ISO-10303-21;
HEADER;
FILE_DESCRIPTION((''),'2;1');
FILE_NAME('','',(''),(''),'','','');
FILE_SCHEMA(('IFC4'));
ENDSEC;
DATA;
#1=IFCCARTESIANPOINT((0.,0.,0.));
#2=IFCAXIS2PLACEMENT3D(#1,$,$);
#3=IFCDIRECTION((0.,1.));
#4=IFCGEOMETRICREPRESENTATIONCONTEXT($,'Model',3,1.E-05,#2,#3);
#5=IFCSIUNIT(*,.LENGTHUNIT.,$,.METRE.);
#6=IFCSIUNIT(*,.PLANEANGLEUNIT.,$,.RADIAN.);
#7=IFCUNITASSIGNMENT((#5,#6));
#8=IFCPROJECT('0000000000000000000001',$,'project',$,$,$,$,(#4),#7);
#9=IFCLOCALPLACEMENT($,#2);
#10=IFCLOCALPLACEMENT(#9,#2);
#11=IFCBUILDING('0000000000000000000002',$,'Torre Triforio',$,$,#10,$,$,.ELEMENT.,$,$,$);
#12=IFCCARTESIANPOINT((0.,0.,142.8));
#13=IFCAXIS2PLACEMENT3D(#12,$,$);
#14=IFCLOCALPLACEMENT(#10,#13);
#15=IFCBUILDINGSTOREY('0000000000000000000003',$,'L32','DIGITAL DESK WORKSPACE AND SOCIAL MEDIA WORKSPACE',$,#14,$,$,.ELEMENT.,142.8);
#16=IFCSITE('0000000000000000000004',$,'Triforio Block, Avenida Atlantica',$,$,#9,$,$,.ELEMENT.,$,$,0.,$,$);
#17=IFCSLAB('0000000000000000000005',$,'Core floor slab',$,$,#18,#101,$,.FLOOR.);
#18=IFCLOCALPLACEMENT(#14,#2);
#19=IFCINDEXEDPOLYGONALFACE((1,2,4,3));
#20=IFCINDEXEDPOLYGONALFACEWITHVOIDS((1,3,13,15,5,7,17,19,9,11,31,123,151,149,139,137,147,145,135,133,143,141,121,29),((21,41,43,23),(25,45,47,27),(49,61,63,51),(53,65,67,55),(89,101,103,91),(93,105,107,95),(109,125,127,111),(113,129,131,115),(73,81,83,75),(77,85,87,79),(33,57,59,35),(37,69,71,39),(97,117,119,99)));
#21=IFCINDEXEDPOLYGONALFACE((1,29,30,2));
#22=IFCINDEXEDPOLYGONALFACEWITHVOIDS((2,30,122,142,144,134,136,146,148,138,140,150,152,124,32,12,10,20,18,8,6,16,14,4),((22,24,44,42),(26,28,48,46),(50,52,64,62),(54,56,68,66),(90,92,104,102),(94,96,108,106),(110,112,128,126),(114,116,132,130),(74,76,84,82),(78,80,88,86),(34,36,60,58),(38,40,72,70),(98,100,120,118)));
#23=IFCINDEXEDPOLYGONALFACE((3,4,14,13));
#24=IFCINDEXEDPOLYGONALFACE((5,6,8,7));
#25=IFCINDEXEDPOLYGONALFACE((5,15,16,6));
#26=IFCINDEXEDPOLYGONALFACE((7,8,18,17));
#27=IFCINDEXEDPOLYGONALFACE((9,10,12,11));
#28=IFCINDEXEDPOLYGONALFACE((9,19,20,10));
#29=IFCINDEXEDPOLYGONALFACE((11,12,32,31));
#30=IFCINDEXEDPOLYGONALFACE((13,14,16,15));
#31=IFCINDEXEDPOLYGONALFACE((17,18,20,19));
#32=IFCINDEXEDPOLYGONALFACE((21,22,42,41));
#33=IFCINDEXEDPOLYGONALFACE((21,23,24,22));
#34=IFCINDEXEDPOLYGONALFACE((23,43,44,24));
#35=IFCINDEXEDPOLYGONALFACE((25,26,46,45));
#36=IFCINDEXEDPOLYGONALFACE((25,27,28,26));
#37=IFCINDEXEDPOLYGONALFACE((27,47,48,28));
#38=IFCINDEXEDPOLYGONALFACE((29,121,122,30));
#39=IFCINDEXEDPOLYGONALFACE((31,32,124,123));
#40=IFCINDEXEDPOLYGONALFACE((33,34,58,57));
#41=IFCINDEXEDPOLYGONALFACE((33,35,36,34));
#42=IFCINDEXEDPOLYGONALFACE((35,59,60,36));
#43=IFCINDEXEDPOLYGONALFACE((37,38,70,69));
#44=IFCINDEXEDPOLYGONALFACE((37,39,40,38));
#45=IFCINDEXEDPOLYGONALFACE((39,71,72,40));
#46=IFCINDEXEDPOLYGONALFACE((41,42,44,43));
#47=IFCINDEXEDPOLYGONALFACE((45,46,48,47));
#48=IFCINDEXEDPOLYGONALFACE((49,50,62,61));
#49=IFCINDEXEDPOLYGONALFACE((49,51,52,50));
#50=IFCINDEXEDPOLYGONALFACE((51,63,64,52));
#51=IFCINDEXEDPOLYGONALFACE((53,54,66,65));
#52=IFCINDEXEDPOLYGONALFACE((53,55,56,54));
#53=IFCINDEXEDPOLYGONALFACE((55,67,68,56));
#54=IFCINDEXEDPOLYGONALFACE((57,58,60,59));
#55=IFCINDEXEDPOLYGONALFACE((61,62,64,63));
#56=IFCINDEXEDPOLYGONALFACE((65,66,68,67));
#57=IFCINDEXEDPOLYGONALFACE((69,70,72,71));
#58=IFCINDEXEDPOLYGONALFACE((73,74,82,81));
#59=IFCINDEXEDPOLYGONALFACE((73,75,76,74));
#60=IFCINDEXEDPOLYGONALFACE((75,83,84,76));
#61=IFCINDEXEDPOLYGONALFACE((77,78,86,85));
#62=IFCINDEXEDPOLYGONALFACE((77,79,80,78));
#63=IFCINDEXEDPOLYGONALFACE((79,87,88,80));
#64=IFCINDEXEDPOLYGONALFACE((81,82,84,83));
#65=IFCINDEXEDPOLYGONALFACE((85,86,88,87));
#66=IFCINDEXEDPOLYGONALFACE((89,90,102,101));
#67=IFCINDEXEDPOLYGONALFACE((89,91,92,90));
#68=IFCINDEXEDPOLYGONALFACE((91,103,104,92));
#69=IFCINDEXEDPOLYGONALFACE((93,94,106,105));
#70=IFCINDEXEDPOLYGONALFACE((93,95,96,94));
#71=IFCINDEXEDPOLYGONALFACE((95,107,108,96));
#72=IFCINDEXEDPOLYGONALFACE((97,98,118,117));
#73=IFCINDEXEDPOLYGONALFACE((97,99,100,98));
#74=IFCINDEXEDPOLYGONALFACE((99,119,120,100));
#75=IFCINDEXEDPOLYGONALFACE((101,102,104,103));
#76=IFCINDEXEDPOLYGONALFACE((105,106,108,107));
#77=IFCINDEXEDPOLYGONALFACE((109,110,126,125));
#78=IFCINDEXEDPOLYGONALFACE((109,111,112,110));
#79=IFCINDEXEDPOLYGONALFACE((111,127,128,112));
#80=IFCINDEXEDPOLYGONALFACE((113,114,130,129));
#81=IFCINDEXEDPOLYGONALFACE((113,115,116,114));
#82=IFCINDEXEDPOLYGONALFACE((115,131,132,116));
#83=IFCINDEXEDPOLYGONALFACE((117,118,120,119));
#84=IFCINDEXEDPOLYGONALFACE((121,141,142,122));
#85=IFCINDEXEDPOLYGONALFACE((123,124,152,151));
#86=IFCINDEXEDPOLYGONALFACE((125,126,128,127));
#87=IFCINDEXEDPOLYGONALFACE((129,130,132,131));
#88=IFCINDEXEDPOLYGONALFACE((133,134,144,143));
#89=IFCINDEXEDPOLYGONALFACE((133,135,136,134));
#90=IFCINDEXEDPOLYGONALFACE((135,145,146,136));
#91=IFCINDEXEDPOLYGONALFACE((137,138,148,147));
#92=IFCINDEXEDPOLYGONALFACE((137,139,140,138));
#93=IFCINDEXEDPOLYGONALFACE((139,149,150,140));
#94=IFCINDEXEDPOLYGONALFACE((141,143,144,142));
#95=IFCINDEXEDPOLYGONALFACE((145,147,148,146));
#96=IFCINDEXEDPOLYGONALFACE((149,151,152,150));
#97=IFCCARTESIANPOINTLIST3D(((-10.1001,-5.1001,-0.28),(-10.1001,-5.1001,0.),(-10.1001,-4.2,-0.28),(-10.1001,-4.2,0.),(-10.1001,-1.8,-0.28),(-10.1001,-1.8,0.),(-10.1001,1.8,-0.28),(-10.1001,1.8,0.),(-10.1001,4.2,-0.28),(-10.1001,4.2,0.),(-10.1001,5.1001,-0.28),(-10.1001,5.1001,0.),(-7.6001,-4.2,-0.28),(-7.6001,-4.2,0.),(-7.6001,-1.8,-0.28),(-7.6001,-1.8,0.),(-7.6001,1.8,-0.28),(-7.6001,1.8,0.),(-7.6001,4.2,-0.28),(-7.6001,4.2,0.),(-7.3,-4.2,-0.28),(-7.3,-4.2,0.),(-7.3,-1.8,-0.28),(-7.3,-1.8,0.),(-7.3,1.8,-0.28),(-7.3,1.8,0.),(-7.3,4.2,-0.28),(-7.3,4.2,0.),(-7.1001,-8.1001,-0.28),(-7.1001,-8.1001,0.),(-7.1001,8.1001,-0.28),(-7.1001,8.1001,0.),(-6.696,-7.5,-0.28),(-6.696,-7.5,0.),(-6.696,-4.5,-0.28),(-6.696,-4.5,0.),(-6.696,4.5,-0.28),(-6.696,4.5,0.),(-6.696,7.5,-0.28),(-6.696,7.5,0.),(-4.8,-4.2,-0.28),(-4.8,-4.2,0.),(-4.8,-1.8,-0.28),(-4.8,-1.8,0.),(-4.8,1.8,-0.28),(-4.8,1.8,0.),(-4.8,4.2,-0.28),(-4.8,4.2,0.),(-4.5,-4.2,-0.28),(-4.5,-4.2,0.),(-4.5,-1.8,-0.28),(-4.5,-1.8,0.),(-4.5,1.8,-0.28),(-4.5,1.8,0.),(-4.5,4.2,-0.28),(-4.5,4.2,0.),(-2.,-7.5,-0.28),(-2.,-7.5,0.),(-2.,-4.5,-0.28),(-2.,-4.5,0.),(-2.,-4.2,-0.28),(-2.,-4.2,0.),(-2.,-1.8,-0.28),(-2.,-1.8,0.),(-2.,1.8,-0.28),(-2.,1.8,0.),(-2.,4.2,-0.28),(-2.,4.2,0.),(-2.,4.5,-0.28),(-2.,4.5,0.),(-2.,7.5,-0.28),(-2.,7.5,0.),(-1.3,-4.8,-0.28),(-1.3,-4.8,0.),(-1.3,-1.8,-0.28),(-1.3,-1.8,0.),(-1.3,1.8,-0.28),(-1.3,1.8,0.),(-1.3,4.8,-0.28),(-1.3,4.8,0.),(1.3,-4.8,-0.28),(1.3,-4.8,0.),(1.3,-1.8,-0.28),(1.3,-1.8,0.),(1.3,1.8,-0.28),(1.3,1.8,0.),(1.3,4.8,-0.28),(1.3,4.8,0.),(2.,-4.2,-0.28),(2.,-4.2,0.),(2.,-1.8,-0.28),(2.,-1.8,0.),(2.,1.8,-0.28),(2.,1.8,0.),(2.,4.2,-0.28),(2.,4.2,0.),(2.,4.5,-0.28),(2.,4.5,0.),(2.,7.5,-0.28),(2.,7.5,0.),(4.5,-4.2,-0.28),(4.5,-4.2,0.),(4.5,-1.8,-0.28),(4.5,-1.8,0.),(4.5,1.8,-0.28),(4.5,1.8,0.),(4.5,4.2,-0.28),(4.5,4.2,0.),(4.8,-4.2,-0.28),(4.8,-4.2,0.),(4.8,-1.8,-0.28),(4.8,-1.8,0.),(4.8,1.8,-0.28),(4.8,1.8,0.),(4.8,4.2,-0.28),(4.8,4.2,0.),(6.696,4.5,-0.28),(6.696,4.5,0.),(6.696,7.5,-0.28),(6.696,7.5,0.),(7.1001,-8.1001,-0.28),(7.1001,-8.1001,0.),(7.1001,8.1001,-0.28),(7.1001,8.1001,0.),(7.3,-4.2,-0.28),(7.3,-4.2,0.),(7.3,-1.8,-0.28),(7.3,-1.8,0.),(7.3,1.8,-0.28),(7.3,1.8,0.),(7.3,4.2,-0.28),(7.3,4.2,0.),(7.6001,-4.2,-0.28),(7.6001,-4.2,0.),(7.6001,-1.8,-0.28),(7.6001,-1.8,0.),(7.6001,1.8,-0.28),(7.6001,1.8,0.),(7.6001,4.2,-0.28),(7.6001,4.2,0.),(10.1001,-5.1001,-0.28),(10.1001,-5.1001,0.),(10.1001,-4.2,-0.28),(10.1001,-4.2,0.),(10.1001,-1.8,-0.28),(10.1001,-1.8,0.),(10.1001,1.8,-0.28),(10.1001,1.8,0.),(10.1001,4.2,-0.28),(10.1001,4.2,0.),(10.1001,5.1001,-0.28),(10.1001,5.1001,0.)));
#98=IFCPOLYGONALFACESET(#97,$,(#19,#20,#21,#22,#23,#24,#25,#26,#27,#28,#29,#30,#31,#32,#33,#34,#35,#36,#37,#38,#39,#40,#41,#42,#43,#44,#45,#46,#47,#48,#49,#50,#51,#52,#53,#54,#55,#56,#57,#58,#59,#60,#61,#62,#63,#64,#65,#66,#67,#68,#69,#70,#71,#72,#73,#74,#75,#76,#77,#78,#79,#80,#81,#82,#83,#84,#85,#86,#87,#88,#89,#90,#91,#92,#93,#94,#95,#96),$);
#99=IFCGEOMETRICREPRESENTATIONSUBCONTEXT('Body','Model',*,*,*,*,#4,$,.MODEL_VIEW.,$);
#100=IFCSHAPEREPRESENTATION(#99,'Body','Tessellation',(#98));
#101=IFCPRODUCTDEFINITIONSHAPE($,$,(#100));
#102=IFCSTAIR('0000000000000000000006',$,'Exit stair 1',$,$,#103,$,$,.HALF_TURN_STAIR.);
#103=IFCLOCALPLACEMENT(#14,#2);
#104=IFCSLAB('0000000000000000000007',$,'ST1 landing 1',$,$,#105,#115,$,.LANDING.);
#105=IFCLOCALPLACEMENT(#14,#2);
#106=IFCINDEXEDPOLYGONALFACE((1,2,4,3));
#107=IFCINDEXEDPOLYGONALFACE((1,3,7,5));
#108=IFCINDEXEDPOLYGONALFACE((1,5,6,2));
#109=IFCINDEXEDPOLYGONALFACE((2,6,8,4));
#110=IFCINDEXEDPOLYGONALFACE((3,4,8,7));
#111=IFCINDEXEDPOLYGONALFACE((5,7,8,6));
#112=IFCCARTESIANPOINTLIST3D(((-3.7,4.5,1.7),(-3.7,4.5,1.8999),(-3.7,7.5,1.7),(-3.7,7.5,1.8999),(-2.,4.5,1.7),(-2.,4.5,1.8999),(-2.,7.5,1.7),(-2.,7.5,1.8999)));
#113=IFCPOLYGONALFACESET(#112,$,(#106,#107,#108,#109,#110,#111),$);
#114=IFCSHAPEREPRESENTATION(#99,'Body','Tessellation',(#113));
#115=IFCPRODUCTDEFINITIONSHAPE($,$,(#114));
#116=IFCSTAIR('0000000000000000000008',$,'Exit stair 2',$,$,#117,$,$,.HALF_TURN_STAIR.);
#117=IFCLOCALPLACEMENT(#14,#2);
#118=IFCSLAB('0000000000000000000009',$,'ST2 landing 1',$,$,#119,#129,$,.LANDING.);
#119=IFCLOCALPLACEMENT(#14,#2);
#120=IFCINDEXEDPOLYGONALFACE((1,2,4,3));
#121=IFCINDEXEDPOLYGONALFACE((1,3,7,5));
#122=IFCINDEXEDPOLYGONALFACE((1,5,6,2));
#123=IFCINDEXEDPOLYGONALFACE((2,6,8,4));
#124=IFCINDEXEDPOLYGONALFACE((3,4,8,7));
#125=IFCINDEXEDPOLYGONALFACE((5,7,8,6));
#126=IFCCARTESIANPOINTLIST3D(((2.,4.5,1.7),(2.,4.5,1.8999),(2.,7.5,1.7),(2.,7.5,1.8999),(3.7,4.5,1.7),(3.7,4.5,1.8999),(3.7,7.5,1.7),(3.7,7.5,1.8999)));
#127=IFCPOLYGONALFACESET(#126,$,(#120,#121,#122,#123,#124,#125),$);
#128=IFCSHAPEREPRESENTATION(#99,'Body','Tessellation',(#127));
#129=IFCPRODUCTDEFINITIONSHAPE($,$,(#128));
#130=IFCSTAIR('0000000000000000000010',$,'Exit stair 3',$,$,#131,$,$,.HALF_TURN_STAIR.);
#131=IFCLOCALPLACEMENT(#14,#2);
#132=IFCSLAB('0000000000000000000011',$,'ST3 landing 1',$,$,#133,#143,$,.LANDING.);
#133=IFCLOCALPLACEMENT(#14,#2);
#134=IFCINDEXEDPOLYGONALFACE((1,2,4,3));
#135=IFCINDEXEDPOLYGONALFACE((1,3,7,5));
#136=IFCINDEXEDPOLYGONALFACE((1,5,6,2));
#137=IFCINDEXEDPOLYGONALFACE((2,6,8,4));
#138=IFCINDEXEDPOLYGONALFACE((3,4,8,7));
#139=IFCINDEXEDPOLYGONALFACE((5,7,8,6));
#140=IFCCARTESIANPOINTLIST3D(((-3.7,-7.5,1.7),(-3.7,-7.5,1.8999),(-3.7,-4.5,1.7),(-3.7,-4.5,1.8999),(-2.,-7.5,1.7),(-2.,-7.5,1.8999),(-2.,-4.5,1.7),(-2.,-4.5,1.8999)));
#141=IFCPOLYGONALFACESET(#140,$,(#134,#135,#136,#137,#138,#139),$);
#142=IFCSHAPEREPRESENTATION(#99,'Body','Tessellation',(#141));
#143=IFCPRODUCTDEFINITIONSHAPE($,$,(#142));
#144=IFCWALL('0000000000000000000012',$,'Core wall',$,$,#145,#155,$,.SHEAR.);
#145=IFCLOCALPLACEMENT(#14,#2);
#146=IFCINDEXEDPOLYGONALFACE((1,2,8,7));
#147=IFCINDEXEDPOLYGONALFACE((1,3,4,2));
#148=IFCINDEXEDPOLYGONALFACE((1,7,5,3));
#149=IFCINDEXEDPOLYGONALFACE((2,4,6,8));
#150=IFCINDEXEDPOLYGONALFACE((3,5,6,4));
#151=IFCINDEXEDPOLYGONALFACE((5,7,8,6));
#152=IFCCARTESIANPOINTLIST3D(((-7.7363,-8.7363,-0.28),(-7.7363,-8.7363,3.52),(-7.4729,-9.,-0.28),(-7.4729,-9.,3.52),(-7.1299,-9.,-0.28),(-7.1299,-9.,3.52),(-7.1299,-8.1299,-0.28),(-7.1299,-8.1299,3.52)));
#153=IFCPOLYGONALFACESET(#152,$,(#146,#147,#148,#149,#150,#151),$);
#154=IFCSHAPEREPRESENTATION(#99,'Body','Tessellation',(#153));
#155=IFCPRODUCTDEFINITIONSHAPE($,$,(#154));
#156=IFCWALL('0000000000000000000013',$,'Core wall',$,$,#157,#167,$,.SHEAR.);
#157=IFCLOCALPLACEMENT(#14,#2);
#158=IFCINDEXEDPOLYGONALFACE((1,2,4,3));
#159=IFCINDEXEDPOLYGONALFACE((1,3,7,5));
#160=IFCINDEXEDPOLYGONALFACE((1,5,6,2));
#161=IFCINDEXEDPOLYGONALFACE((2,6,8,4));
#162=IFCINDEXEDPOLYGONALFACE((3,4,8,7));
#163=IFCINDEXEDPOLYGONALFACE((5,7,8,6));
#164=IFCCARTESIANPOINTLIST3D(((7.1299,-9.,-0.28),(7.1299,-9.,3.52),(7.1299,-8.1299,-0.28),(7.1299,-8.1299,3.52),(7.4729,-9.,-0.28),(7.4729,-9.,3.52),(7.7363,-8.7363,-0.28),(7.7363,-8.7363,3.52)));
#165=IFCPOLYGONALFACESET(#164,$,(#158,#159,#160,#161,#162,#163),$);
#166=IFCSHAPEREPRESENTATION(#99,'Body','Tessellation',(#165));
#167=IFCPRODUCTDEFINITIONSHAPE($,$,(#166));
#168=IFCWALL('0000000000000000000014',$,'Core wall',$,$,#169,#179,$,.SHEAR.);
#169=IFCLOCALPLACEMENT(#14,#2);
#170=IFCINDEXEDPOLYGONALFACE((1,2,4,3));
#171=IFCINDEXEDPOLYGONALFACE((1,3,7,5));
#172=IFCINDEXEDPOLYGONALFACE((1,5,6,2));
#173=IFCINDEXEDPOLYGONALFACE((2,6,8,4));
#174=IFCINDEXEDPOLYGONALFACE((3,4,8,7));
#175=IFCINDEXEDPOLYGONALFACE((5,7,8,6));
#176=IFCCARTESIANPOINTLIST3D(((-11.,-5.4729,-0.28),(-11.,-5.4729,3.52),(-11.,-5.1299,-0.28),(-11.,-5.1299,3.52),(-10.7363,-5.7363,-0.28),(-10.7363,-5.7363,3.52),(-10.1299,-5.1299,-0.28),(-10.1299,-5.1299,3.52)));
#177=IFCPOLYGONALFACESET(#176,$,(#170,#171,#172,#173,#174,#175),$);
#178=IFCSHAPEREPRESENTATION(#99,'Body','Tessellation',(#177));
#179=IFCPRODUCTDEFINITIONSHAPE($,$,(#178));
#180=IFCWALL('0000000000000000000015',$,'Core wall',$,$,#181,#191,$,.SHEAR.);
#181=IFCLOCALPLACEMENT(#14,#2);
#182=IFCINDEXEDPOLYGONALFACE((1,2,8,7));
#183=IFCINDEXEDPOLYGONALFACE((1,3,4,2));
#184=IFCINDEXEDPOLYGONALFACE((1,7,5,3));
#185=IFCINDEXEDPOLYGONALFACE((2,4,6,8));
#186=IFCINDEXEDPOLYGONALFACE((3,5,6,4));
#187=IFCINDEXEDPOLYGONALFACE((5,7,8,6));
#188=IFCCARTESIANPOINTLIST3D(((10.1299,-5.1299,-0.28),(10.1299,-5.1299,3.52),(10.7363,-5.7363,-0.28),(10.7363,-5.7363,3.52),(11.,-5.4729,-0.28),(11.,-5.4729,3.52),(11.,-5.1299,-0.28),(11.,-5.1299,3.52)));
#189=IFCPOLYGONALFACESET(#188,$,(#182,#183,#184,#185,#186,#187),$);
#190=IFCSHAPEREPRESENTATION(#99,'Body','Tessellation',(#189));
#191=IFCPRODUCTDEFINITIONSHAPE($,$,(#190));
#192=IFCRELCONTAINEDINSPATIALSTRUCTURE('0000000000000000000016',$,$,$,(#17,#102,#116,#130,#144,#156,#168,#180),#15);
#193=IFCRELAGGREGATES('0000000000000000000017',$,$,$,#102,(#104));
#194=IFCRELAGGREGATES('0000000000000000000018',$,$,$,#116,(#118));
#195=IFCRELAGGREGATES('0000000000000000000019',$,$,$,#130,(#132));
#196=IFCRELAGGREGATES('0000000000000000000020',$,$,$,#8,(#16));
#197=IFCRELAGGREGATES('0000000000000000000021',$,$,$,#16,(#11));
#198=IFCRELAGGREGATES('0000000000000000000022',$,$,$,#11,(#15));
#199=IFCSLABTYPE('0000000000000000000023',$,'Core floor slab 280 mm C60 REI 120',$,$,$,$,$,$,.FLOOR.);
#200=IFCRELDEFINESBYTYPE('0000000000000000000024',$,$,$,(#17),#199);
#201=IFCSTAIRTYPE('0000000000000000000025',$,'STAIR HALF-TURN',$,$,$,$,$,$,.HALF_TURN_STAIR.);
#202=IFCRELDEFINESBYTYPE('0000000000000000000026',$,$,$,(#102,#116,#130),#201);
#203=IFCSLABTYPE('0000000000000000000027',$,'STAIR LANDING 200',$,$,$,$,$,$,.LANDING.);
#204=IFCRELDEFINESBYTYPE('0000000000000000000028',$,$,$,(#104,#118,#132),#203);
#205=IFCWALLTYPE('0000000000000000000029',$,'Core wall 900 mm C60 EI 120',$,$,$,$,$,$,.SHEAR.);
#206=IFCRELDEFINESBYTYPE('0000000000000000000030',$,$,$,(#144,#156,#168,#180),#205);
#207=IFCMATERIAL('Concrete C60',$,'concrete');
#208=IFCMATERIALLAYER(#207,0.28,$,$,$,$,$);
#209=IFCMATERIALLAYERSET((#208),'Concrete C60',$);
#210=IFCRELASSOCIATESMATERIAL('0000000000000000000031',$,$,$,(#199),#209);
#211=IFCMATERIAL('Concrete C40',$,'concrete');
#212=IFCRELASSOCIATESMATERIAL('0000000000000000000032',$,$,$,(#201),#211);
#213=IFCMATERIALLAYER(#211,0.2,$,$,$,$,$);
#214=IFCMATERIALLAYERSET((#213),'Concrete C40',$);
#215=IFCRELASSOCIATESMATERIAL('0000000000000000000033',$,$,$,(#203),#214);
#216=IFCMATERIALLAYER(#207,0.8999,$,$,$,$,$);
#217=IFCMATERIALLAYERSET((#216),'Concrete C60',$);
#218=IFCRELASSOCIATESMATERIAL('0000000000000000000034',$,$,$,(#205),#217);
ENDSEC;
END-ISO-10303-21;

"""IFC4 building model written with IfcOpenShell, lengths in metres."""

from ifc_helpers import new_model, si_unit, direction, frame, origin, place, context, subcontext, project, spatial, polyline, outline, extrude, material, layer, layer_set, type_object, element, aggregate, save


model = new_model("IFC4")

# Units and contexts
model_context = context("Model", 3, precision=1e-05, world=origin(), true_north=direction((0.0, 1.0)))
body_context = subcontext(model_context, "Body", "Model", "MODEL_VIEW")
ifc_project = project(units=[si_unit("LENGTHUNIT", "METRE"), si_unit("PLANEANGLEUNIT", "RADIAN")], contexts=[model_context])

# Site, building, storey
site_placement = place(None, origin())
site = spatial("IfcSite", under=ifc_project, at=site_placement, Name="Triforio Block, Avenida Atlantica", CompositionType="ELEMENT", RefElevation=0.0)
building_placement = place(site_placement, origin())
building = spatial("IfcBuilding", under=site, at=building_placement, Name="Torre Triforio", CompositionType="ELEMENT")
storey_placement = place(building_placement, frame((0.0, 0.0, 142.8)))
storey = spatial("IfcBuildingStorey", under=building, at=storey_placement, Name="L32", Description="DIGITAL DESK WORKSPACE AND SOCIAL MEDIA WORKSPACE", CompositionType="ELEMENT", Elevation=142.8)

# Slab
ifc_material_1 = material(Name="Concrete C60", Category="concrete")
ifc_layer_1 = layer(ifc_material_1, 0.28)
ifc_layer_set_1 = layer_set([ifc_layer_1], Name="Concrete C60")
slab_type_1 = type_object("IfcSlabType", Name="Core floor slab 280 mm C60 REI 120", PredefinedType="FLOOR", material=ifc_layer_set_1)
slab_1_placement = place(storey_placement, frame((0.0, 0.0, -0.28)))
element("IfcSlab", 1, at=slab_1_placement, inside=storey, type_object=slab_type_1, Name="Core floor slab", PredefinedType="FLOOR", context=body_context, shape_type="SweptSolid", body=[
    extrude(outline(polyline([(10.1001, -5.1001), (7.1001, -8.1001), (-7.1001, -8.1001), (-10.1001, -5.1001), (-10.1001, -4.2), (-7.6001, -4.2), (-7.6001, -1.8), (-10.1001, -1.8), (-10.1001, 1.8), (-7.6001, 1.8), (-7.6001, 4.2), (-10.1001, 4.2), (-10.1001, 5.1001), (-7.1001, 8.1001), (7.1001, 8.1001), (10.1001, 5.1001), (10.1001, 4.2), (7.6001, 4.2), (7.6001, 1.8), (10.1001, 1.8), (10.1001, -1.8), (7.6001, -1.8), (7.6001, -4.2), (10.1001, -4.2), (10.1001, -5.1001)]), holes=[polyline([(-2.0, -4.5), (-6.696, -4.5), (-6.696, -7.5), (-2.0, -7.5), (-2.0, -4.5)]), polyline([(-4.8, -1.8), (-7.3, -1.8), (-7.3, -4.2), (-4.8, -4.2), (-4.8, -1.8)]), polyline([(-2.0, -1.8), (-4.5, -1.8), (-4.5, -4.2), (-2.0, -4.2), (-2.0, -1.8)]), polyline([(-4.8, 4.2), (-7.3, 4.2), (-7.3, 1.8), (-4.8, 1.8), (-4.8, 4.2)]), polyline([(-2.0, 4.2), (-4.5, 4.2), (-4.5, 1.8), (-2.0, 1.8), (-2.0, 4.2)]), polyline([(1.3, 4.8), (-1.3, 4.8), (-1.3, 1.8), (1.3, 1.8), (1.3, 4.8)]), polyline([(-2.0, 7.5), (-6.696, 7.5), (-6.696, 4.5), (-2.0, 4.5), (-2.0, 7.5)]), polyline([(1.3, -1.8), (-1.3, -1.8), (-1.3, -4.8), (1.3, -4.8), (1.3, -1.8)]), polyline([(4.5, -1.8), (2.0, -1.8), (2.0, -4.2), (4.5, -4.2), (4.5, -1.8)]), polyline([(7.3, -1.8), (4.8, -1.8), (4.8, -4.2), (7.3, -4.2), (7.3, -1.8)]), polyline([(4.5, 4.2), (2.0, 4.2), (2.0, 1.8), (4.5, 1.8), (4.5, 4.2)]), polyline([(7.3, 4.2), (4.8, 4.2), (4.8, 1.8), (7.3, 1.8), (7.3, 4.2)]), polyline([(6.696, 4.5), (6.696, 7.5), (2.0, 7.5), (2.0, 4.5), (6.696, 4.5)])]), origin(), (0.0, 0.0, 1.0), 0.28),
])

# Stairs, slabs
ifc_material_2 = material(Name="Concrete C40", Category="concrete")
stair_type = type_object("IfcStairType", Name="STAIR HALF-TURN", PredefinedType="HALF_TURN_STAIR", material=ifc_material_2)
stair_1_placement = place(storey_placement, origin())
stair_1 = element("IfcStair", 2, at=stair_1_placement, inside=storey, type_object=stair_type, Name="Exit stair 1", PredefinedType="HALF_TURN_STAIR")
ifc_layer_2 = layer(ifc_material_2, 0.2)
ifc_layer_set_2 = layer_set([ifc_layer_2], Name="Concrete C40")
slab_type_2 = type_object("IfcSlabType", Name="STAIR LANDING 200", PredefinedType="LANDING", material=ifc_layer_set_2)
slab_2_placement = place(storey_placement, frame((0.0, 0.0, 1.7)))
slab_2 = element("IfcSlab", 3, at=slab_2_placement, type_object=slab_type_2, Name="ST1 landing 1", PredefinedType="LANDING", context=body_context, shape_type="SweptSolid", body=[
    extrude(outline(polyline([(-2.0, 4.5), (-2.0, 7.5), (-3.7, 7.5), (-3.7, 4.5), (-2.0, 4.5)])), origin(), (0.0, 0.0, 1.0), 0.2),
])
aggregate(stair_1, [slab_2])
stair_2_placement = place(storey_placement, origin())
stair_2 = element("IfcStair", 4, at=stair_2_placement, inside=storey, type_object=stair_type, Name="Exit stair 2", PredefinedType="HALF_TURN_STAIR")
slab_3_placement = place(storey_placement, frame((0.0, 0.0, 1.7)))
slab_3 = element("IfcSlab", 5, at=slab_3_placement, type_object=slab_type_2, Name="ST2 landing 1", PredefinedType="LANDING", context=body_context, shape_type="SweptSolid", body=[
    extrude(outline(polyline([(3.7, 4.5), (3.7, 7.5), (2.0, 7.5), (2.0, 4.5), (3.7, 4.5)])), origin(), (0.0, 0.0, 1.0), 0.2),
])
aggregate(stair_2, [slab_3])
stair_3_placement = place(storey_placement, origin())
stair_3 = element("IfcStair", 6, at=stair_3_placement, inside=storey, type_object=stair_type, Name="Exit stair 3", PredefinedType="HALF_TURN_STAIR")
slab_4_placement = place(storey_placement, frame((0.0, 0.0, 1.7)))
slab_4 = element("IfcSlab", 7, at=slab_4_placement, type_object=slab_type_2, Name="ST3 landing 1", PredefinedType="LANDING", context=body_context, shape_type="SweptSolid", body=[
    extrude(outline(polyline([(-2.0, -7.5), (-2.0, -4.5), (-3.7, -4.5), (-3.7, -7.5), (-2.0, -7.5)])), origin(), (0.0, 0.0, 1.0), 0.2),
])
aggregate(stair_3, [slab_4])

# Walls
ifc_layer_3 = layer(ifc_material_1, 0.8999)
ifc_layer_set_3 = layer_set([ifc_layer_3], Name="Concrete C60")
wall_type_1 = type_object("IfcWallType", Name="Core wall 900 mm C60 EI 120", PredefinedType="SHEAR", material=ifc_layer_set_3)
wall_1_placement = place(storey_placement, frame((0.0, 0.0, -0.28)))
element("IfcWall", 8, at=wall_1_placement, inside=storey, type_object=wall_type_1, Name="Core wall", PredefinedType="SHEAR", context=body_context, shape_type="SweptSolid", body=[
    extrude(outline(polyline([(-7.4729, -9.0), (-7.7363, -8.7363), (-7.1299, -8.1299), (-7.1299, -9.0), (-7.4729, -9.0)])), origin(), (0.0, 0.0, 1.0), 3.8),
])
wall_2_placement = place(storey_placement, frame((0.0, 0.0, -0.28)))
element("IfcWall", 9, at=wall_2_placement, inside=storey, type_object=wall_type_1, Name="Core wall", PredefinedType="SHEAR", context=body_context, shape_type="SweptSolid", body=[
    extrude(outline(polyline([(7.4729, -9.0), (7.1299, -9.0), (7.1299, -8.1299), (7.7363, -8.7363), (7.4729, -9.0)])), origin(), (0.0, 0.0, 1.0), 3.8),
])
wall_3_placement = place(storey_placement, frame((0.0, 0.0, -0.28)))
element("IfcWall", 10, at=wall_3_placement, inside=storey, type_object=wall_type_1, Name="Core wall", PredefinedType="SHEAR", context=body_context, shape_type="SweptSolid", body=[
    extrude(outline(polyline([(-11.0, -5.4729), (-11.0, -5.1299), (-10.1299, -5.1299), (-10.7363, -5.7363), (-11.0, -5.4729)])), origin(), (0.0, 0.0, 1.0), 3.8),
])
wall_4_placement = place(storey_placement, frame((0.0, 0.0, -0.28)))
element("IfcWall", 11, at=wall_4_placement, inside=storey, type_object=wall_type_1, Name="Core wall", PredefinedType="SHEAR", context=body_context, shape_type="SweptSolid", body=[
    extrude(outline(polyline([(11.0, -5.4729), (10.7363, -5.7363), (10.1299, -5.1299), (11.0, -5.1299), (11.0, -5.4729)])), origin(), (0.0, 0.0, 1.0), 3.8),
])

save(model, "model.ifc")
